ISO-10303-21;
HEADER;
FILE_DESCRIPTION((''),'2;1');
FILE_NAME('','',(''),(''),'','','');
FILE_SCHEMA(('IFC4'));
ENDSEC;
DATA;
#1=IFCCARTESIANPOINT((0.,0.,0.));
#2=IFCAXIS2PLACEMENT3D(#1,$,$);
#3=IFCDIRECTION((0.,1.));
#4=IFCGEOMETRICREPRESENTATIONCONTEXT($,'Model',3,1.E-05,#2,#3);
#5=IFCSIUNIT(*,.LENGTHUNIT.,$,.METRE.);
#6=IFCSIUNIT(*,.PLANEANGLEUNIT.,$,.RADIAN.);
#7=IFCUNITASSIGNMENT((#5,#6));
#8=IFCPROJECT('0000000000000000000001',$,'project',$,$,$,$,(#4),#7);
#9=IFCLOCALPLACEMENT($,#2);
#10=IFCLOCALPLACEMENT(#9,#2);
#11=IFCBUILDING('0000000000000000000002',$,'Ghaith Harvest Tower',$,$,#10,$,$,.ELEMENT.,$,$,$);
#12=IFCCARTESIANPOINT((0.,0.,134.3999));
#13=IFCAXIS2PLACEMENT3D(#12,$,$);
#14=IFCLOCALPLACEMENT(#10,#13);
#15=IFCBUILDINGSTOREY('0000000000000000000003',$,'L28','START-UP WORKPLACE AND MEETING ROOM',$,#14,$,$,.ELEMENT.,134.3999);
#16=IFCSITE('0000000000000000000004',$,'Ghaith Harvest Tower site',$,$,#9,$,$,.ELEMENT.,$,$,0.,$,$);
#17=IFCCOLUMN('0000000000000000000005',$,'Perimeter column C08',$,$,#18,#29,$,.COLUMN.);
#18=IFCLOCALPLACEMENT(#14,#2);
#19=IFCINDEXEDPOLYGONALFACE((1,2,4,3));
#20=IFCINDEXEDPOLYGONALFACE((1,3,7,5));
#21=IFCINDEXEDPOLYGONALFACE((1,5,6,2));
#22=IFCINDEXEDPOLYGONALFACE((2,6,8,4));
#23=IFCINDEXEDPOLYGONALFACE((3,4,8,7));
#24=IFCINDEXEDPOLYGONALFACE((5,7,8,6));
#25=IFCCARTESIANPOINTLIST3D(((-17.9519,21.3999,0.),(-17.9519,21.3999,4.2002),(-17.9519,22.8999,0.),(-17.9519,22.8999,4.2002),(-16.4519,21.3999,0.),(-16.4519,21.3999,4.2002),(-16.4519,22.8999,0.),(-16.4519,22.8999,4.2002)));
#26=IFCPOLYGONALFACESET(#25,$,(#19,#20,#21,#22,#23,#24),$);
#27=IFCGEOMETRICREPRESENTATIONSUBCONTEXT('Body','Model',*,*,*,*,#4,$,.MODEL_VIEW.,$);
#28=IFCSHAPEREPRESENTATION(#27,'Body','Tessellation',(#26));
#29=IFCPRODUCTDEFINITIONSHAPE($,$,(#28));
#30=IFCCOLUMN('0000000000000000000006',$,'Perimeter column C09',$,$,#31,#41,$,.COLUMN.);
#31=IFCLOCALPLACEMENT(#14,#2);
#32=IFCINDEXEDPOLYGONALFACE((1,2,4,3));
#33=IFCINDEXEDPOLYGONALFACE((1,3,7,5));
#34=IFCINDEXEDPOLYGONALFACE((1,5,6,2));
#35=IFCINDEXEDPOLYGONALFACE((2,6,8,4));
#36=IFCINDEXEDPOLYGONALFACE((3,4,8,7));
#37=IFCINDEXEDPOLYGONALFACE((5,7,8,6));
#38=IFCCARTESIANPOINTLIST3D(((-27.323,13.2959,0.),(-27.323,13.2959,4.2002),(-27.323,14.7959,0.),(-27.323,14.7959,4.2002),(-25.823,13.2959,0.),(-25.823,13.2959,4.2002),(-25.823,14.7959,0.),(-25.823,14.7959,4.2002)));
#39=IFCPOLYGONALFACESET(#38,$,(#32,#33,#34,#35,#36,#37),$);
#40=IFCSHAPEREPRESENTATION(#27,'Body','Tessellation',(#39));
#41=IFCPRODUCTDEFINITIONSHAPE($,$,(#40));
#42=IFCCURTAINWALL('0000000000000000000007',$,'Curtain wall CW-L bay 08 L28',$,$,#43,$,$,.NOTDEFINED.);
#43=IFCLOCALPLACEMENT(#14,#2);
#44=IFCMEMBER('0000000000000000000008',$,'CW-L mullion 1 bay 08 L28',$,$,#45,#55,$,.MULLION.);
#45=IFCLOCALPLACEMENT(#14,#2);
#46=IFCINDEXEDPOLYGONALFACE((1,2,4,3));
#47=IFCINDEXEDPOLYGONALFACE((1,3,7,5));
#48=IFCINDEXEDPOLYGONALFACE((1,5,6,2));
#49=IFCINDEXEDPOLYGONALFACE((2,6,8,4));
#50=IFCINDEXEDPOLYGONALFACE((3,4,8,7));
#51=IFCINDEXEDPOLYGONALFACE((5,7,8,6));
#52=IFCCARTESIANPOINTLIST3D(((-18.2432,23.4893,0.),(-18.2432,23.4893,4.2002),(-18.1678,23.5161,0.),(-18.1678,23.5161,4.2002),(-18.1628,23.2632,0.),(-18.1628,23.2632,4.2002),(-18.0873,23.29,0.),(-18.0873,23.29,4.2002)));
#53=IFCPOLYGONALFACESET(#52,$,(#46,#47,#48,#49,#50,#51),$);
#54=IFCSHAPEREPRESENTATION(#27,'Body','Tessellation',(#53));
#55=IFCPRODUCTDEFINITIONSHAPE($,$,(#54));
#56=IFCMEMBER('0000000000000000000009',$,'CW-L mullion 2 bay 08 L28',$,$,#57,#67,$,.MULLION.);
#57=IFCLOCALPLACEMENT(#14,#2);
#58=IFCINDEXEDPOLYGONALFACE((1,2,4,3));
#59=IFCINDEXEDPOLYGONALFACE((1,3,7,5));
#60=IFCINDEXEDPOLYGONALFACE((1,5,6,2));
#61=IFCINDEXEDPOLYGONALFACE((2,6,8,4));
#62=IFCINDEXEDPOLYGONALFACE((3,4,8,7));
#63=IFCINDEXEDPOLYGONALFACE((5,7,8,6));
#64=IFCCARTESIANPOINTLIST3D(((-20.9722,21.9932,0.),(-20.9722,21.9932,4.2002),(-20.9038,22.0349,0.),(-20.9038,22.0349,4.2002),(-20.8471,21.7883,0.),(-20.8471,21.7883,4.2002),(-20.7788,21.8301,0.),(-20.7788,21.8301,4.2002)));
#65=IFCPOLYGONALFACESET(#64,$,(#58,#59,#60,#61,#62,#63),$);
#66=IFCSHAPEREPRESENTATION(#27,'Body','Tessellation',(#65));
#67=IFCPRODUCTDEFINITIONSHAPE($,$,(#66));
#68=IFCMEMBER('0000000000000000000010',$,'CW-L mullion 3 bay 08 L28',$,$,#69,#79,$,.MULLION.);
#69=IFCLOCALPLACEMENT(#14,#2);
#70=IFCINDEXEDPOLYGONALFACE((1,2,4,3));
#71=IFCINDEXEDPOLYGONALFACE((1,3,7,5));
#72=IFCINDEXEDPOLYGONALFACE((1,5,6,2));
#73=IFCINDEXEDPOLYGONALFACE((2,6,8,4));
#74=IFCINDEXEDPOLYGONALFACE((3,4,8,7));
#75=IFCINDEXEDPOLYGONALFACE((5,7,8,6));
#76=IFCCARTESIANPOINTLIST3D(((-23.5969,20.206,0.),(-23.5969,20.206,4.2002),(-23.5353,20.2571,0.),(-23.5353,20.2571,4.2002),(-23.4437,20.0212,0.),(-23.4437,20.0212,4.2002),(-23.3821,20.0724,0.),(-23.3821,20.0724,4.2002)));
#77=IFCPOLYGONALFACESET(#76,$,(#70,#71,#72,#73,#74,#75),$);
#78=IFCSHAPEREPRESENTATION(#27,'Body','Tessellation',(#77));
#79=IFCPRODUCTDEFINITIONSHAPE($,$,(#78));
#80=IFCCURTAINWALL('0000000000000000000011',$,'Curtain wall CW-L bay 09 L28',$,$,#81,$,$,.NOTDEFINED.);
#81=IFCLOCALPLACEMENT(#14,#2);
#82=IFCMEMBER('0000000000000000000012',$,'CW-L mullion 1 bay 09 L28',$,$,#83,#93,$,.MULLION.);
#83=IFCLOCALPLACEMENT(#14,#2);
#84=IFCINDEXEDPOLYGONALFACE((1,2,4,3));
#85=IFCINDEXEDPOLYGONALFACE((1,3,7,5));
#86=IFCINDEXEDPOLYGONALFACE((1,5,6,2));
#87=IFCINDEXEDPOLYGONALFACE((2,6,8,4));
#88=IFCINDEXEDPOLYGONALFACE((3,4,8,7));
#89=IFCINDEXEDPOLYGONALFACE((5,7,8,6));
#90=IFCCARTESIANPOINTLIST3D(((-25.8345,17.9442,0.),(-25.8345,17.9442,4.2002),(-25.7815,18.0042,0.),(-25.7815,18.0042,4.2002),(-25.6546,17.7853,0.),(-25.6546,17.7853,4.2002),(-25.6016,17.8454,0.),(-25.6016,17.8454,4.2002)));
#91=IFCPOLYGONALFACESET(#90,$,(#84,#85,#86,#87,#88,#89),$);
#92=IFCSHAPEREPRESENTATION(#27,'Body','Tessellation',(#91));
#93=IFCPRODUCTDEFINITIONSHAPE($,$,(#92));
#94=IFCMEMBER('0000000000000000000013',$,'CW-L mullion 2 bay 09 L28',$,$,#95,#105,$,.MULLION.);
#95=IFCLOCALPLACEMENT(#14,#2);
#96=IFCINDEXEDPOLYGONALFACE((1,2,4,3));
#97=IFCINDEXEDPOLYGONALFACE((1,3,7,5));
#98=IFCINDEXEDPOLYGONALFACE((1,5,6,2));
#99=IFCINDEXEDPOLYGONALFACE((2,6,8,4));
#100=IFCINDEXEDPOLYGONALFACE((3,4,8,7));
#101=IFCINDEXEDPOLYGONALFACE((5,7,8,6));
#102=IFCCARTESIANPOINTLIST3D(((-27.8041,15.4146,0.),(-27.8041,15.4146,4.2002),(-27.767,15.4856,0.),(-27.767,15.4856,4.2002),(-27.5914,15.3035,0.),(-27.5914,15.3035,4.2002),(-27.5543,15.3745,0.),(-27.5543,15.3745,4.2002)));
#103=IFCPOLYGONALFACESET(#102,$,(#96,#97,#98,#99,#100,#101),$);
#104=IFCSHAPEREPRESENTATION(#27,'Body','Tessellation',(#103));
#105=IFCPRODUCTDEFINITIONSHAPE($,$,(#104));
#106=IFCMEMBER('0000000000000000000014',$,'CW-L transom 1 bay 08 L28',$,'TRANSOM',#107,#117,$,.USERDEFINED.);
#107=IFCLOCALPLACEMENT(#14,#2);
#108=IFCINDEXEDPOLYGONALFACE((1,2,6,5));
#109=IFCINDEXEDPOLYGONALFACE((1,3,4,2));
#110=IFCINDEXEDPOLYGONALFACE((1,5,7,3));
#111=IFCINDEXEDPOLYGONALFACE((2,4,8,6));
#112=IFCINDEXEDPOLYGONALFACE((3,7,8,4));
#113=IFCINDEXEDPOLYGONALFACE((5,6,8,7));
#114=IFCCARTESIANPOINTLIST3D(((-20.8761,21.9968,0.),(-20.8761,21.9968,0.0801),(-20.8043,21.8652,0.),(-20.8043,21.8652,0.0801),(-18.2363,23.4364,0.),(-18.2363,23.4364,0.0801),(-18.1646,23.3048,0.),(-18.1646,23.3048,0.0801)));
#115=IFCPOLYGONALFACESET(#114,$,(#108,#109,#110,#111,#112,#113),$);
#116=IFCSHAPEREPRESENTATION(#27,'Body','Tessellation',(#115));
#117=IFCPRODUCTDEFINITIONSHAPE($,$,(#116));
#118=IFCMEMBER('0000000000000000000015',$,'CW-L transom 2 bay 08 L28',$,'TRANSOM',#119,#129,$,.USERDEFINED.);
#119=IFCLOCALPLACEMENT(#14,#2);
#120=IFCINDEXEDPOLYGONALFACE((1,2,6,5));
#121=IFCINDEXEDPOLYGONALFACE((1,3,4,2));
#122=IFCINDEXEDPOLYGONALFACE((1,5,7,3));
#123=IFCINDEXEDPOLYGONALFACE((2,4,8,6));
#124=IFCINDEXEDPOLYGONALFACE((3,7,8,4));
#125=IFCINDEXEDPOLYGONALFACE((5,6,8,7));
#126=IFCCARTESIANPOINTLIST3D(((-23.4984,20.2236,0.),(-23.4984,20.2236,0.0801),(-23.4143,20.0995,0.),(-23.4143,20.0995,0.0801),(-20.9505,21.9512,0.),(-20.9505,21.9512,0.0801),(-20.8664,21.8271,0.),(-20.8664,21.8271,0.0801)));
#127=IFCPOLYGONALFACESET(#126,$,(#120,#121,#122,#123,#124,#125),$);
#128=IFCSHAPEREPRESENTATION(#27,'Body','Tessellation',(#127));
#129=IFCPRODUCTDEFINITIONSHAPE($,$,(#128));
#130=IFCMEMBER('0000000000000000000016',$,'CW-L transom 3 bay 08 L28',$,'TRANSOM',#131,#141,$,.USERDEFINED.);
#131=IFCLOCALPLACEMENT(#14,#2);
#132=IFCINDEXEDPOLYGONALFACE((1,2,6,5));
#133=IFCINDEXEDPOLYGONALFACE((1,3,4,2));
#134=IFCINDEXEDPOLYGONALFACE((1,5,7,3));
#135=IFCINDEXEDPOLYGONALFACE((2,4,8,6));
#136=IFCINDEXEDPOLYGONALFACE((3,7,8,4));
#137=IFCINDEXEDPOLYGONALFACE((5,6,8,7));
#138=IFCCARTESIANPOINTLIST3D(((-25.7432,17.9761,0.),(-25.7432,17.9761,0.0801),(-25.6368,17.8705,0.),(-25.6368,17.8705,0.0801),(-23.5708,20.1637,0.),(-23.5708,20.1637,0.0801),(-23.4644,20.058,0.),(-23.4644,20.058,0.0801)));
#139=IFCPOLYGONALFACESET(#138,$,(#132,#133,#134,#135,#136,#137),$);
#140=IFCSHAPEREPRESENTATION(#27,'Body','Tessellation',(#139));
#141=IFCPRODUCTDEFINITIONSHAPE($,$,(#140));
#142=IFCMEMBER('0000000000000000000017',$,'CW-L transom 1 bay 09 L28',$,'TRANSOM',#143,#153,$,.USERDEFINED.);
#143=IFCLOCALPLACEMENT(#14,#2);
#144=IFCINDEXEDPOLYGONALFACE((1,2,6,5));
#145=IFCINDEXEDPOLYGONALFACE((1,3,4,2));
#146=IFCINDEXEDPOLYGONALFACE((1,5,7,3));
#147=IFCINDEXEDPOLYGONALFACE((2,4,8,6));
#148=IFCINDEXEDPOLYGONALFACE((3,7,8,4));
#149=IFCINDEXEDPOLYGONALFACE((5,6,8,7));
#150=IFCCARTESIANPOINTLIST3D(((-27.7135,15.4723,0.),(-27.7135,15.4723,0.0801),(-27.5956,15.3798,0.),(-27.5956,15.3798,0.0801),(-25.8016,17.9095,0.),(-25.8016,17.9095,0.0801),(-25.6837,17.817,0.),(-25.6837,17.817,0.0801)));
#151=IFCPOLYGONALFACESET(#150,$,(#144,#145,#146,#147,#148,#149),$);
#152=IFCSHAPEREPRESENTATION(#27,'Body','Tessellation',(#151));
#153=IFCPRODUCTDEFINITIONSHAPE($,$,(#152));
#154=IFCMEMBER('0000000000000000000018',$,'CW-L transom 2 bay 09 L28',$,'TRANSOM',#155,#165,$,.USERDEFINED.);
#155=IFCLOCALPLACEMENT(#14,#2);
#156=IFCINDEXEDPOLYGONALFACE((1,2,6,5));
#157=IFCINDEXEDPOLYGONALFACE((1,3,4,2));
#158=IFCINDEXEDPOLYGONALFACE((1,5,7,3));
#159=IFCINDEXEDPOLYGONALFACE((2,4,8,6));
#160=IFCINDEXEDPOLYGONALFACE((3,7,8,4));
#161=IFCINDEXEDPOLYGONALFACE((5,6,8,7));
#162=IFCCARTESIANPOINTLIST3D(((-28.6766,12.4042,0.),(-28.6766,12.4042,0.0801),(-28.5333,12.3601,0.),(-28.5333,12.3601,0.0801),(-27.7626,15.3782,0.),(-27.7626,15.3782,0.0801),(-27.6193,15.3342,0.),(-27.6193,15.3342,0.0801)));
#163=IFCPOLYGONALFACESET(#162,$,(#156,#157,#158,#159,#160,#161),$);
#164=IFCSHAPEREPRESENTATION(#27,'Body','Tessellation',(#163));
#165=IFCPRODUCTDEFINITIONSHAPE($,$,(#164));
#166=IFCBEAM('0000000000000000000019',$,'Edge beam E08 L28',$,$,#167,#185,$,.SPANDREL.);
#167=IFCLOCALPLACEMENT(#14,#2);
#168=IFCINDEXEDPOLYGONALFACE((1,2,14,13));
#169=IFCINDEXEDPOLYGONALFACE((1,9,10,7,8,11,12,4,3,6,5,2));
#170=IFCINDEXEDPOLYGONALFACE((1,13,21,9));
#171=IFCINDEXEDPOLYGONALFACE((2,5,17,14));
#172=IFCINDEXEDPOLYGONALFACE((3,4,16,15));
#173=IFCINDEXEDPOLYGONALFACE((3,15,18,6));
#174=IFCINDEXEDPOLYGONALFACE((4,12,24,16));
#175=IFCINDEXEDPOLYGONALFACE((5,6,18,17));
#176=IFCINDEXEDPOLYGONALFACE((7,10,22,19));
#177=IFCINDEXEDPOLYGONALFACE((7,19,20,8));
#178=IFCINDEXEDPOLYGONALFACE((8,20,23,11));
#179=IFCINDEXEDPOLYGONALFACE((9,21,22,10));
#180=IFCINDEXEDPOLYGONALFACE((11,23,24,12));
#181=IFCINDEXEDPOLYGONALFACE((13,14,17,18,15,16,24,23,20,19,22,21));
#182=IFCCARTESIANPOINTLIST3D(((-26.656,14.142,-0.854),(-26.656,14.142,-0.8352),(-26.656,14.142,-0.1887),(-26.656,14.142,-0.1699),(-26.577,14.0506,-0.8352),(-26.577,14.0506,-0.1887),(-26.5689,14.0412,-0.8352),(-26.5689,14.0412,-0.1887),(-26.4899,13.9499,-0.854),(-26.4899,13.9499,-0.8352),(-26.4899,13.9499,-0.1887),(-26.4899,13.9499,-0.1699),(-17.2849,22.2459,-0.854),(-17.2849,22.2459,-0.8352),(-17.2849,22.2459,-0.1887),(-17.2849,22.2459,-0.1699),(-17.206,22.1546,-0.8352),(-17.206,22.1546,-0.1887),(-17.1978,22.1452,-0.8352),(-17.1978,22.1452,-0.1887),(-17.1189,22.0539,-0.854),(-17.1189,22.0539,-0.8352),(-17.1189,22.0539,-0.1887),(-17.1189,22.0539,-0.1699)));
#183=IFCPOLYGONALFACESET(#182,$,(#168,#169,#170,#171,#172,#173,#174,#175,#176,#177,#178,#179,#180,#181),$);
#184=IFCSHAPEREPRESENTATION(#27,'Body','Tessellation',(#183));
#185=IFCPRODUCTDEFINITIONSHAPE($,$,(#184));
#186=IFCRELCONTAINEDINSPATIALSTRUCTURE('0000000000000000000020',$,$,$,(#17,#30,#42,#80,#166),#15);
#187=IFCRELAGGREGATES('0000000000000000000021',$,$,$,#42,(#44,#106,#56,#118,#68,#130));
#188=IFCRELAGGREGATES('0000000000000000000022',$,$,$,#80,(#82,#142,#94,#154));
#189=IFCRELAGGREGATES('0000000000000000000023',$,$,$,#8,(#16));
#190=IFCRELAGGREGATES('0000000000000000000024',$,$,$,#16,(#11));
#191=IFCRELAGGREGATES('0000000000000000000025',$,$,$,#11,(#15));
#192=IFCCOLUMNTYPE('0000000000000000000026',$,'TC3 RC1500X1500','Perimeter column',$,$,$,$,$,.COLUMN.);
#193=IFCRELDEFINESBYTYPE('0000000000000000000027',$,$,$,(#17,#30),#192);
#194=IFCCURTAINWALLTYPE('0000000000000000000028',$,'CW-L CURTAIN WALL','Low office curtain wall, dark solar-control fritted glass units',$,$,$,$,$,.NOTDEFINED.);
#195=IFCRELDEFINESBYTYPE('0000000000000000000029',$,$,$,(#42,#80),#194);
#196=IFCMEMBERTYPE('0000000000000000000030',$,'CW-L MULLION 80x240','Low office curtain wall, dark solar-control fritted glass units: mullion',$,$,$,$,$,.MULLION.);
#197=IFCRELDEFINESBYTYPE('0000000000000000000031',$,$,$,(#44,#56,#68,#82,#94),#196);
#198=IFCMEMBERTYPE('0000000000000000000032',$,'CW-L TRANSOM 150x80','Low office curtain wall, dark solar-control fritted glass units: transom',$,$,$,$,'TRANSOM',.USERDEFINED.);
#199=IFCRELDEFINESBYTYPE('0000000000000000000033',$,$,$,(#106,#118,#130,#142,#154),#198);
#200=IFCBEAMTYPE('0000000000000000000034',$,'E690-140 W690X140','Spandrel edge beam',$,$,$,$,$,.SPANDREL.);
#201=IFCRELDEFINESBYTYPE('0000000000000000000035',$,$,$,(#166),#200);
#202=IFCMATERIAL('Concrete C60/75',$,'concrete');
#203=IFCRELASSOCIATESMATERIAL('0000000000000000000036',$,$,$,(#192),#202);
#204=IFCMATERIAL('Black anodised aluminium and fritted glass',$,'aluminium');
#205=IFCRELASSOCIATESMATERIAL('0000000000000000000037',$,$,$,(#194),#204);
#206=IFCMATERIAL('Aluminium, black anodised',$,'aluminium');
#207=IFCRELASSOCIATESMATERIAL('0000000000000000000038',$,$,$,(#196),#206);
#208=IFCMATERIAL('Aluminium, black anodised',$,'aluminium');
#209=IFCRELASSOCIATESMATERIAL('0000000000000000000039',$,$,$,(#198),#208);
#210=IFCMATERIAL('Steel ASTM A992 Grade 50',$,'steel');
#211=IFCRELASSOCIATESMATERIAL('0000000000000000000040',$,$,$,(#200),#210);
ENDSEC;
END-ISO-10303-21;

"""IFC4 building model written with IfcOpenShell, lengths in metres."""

from ifc_helpers import new_model, si_unit, direction, frame, origin, origin_2d, place, context, subcontext, project, spatial, rectangle, i_section, extrude, material, material_profile, profile_set, type_object, element, aggregate, save


model = new_model("IFC4")

# Units and contexts
model_context = context("Model", 3, precision=1e-05, world=origin(), true_north=direction((0.0, 1.0)))
body_context = subcontext(model_context, "Body", "Model", "MODEL_VIEW")
ifc_project = project(units=[si_unit("LENGTHUNIT", "METRE"), si_unit("PLANEANGLEUNIT", "RADIAN")], contexts=[model_context])

# Site, building, storey
site_placement = place(None, origin())
site = spatial("IfcSite", under=ifc_project, at=site_placement, Name="Ghaith Harvest Tower site", CompositionType="ELEMENT", RefElevation=0.0)
building_placement = place(site_placement, origin())
building = spatial("IfcBuilding", under=site, at=building_placement, Name="Ghaith Harvest Tower", CompositionType="ELEMENT")
storey_placement = place(building_placement, frame((0.0, 0.0, 134.3999)))
storey = spatial("IfcBuildingStorey", under=building, at=storey_placement, Name="L28", Description="START-UP WORKPLACE AND MEETING ROOM", CompositionType="ELEMENT", Elevation=134.3999)

# Columns
ifc_material_1 = material(Name="Concrete C60/75", Category="concrete")
ifc_material_profile_1 = material_profile(ifc_material_1, rectangle(XDim=1.5, YDim=1.5, at=origin_2d()), Name="RC1500X1500")
ifc_profile_set_1 = profile_set([ifc_material_profile_1], Name="Concrete C60/75")
column_type = type_object("IfcColumnType", Name="TC3 RC1500X1500", Description="Perimeter column", PredefinedType="COLUMN", material=ifc_profile_set_1)
for number, where, z_axis, x_axis, name in (
    (1, (-17.2019, 22.1499, 0.0), (0.0, 0.0, 1.0), (1.0, 0.0, 0.0), "Perimeter column C08"),
    (2, (-26.573, 14.0459, 0.0), (0.0, 0.0, 1.0), (1.0, 0.0, 0.0), "Perimeter column C09"),
):
    element("IfcColumn", number, at=place(storey_placement, frame(where, z_axis=z_axis, x_axis=x_axis)), inside=storey, type_object=column_type, Name=name, PredefinedType="COLUMN", context=body_context, shape_type="SweptSolid", body=[
        extrude(rectangle(XDim=1.5, YDim=1.5, at=origin_2d()), origin(), (0.0, 0.0, 1.0), 4.2002),
    ])

# Curtain walls, members
ifc_material_2 = material(Name="Black anodised aluminium and fritted glass", Category="aluminium")
curtain_wall_type = type_object("IfcCurtainWallType", Name="CW-L CURTAIN WALL", Description="Low office curtain wall, dark solar-control fritted glass units", PredefinedType="NOTDEFINED", material=ifc_material_2)
curtain_wall_1_placement = place(storey_placement, origin())
curtain_wall_1 = element("IfcCurtainWall", 3, at=curtain_wall_1_placement, inside=storey, type_object=curtain_wall_type, Name="Curtain wall CW-L bay 08 L28", PredefinedType="NOTDEFINED")
ifc_material_3 = material(Name="Aluminium, black anodised", Category="aluminium")
ifc_material_profile_2 = material_profile(ifc_material_3, rectangle(XDim=0.0801, YDim=0.24, at=origin_2d()), Name="CW-L MULLION 80x240")
ifc_profile_set_2 = profile_set([ifc_material_profile_2], Name="Aluminium, black anodised")
member_type_1 = type_object("IfcMemberType", Name="CW-L MULLION 80x240", Description="Low office curtain wall, dark solar-control fritted glass units: mullion", PredefinedType="MULLION", material=ifc_profile_set_2)
member_1_placement = place(storey_placement, frame((-18.1653, 23.3896, 0.0), z_axis=(0.0, 0.0, 1.0), x_axis=(-0.942104, -0.335322, 0.0)))
member_1 = element("IfcMember", 4, at=member_1_placement, type_object=member_type_1, Name="CW-L mullion 1 bay 08 L28", PredefinedType="MULLION", context=body_context, shape_type="SweptSolid", body=[
    extrude(rectangle(XDim=0.0801, YDim=0.24, at=origin_2d()), origin(), (0.0, 0.0, 1.0), 4.2002),
])
member_2_placement = place(storey_placement, frame((-20.8755, 21.9116, 0.0), z_axis=(0.0, 0.0, 1.0), x_axis=(-0.853516, -0.521067, 0.0)))
member_2 = element("IfcMember", 5, at=member_2_placement, type_object=member_type_1, Name="CW-L mullion 2 bay 08 L28", PredefinedType="MULLION", context=body_context, shape_type="SweptSolid", body=[
    extrude(rectangle(XDim=0.0801, YDim=0.24, at=origin_2d()), origin(), (0.0, 0.0, 1.0), 4.2002),
])
member_3_placement = place(storey_placement, frame((-23.4895, 20.1392, 0.0), z_axis=(0.0, 0.0, 1.0), x_axis=(-0.769683, -0.638427, 0.0)))
member_3 = element("IfcMember", 6, at=member_3_placement, type_object=member_type_1, Name="CW-L mullion 3 bay 08 L28", PredefinedType="MULLION", context=body_context, shape_type="SweptSolid", body=[
    extrude(rectangle(XDim=0.0801, YDim=0.24, at=origin_2d()), origin(), (0.0, 0.0, 1.0), 4.2002),
])
curtain_wall_2_placement = place(storey_placement, origin())
curtain_wall_2 = element("IfcCurtainWall", 7, at=curtain_wall_2_placement, inside=storey, type_object=curtain_wall_type, Name="Curtain wall CW-L bay 09 L28", PredefinedType="NOTDEFINED")
member_4_placement = place(storey_placement, frame((-25.718, 17.8948, 0.0), z_axis=(0.0, 0.0, 1.0), x_axis=(-0.661904, -0.749589, 0.0)))
member_4 = element("IfcMember", 8, at=member_4_placement, type_object=member_type_1, Name="CW-L mullion 1 bay 09 L28", PredefinedType="MULLION", context=body_context, shape_type="SweptSolid", body=[
    extrude(rectangle(XDim=0.0801, YDim=0.24, at=origin_2d()), origin(), (0.0, 0.0, 1.0), 4.2002),
])
member_5_placement = place(storey_placement, frame((-27.6792, 15.3945, 0.0), z_axis=(0.0, 0.0, 1.0), x_axis=(-0.46289, -0.886416, 0.0)))
member_5 = element("IfcMember", 9, at=member_5_placement, type_object=member_type_1, Name="CW-L mullion 2 bay 09 L28", PredefinedType="MULLION", context=body_context, shape_type="SweptSolid", body=[
    extrude(rectangle(XDim=0.0801, YDim=0.24, at=origin_2d()), origin(), (0.0, 0.0, 1.0), 4.2002),
])

# Members
ifc_material_4 = material(Name="Aluminium, black anodised", Category="aluminium")
ifc_material_profile_3 = material_profile(ifc_material_4, rectangle(XDim=0.1499, YDim=0.0801, at=origin_2d()), Name="CW-L TRANSOM 150x80")
ifc_profile_set_3 = profile_set([ifc_material_profile_3], Name="Aluminium, black anodised")
member_type_2 = type_object("IfcMemberType", Name="CW-L TRANSOM 150x80", Description="Low office curtain wall, dark solar-control fritted glass units: transom", ElementType="TRANSOM", PredefinedType="USERDEFINED", material=ifc_profile_set_3)
member_6_placement = place(storey_placement, frame((-18.2004, 23.3706, 0.04), z_axis=(-0.87793, -0.47879, 0.0), x_axis=(0.47879, -0.87793, 0.0)))
member_6 = element("IfcMember", 10, at=member_6_placement, type_object=member_type_2, Name="CW-L transom 1 bay 08 L28", ObjectType="TRANSOM", PredefinedType="USERDEFINED", context=body_context, shape_type="SweptSolid", body=[
    extrude(rectangle(XDim=0.1499, YDim=0.0801, at=origin_2d()), origin(), (0.0, 0.0, 1.0), 3.0068),
])
member_7_placement = place(storey_placement, frame((-20.9084, 21.8892, 0.04), z_axis=(-0.827681, -0.561199, 0.0), x_axis=(0.561199, -0.827681, 0.0)))
member_7 = element("IfcMember", 11, at=member_7_placement, type_object=member_type_2, Name="CW-L transom 2 bay 08 L28", ObjectType="TRANSOM", PredefinedType="USERDEFINED", context=body_context, shape_type="SweptSolid", body=[
    extrude(rectangle(XDim=0.1499, YDim=0.0801, at=origin_2d()), origin(), (0.0, 0.0, 1.0), 3.0784),
])
member_8_placement = place(storey_placement, frame((-23.5176, 20.1108, 0.04), z_axis=(-0.704648, -0.709557, 0.0), x_axis=(0.709557, -0.704648, 0.0)))
member_8 = element("IfcMember", 12, at=member_8_placement, type_object=member_type_2, Name="CW-L transom 3 bay 08 L28", ObjectType="TRANSOM", PredefinedType="USERDEFINED", context=body_context, shape_type="SweptSolid", body=[
    extrude(rectangle(XDim=0.1499, YDim=0.0801, at=origin_2d()), origin(), (0.0, 0.0, 1.0), 3.083),
])
member_9_placement = place(storey_placement, frame((-25.7427, 17.8633, 0.04), z_axis=(-0.617198, -0.786808, 0.0), x_axis=(0.786808, -0.617198, 0.0)))
member_9 = element("IfcMember", 13, at=member_9_placement, type_object=member_type_2, Name="CW-L transom 1 bay 09 L28", ObjectType="TRANSOM", PredefinedType="USERDEFINED", context=body_context, shape_type="SweptSolid", body=[
    extrude(rectangle(XDim=0.1499, YDim=0.0801, at=origin_2d()), origin(), (0.0, 0.0, 1.0), 3.0977),
])
member_10_placement = place(storey_placement, frame((-27.6909, 15.3562, 0.04), z_axis=(-0.293777, -0.955874, 0.0), x_axis=(0.955874, -0.293777, 0.0)))
member_10 = element("IfcMember", 14, at=member_10_placement, type_object=member_type_2, Name="CW-L transom 2 bay 09 L28", ObjectType="TRANSOM", PredefinedType="USERDEFINED", context=body_context, shape_type="SweptSolid", body=[
    extrude(rectangle(XDim=0.1499, YDim=0.0801, at=origin_2d()), origin(), (0.0, 0.0, 1.0), 3.1113),
])

# Beam
ifc_material_5 = material(Name="Steel ASTM A992 Grade 50", Category="steel")
ifc_material_profile_4 = material_profile(ifc_material_5, i_section(OverallWidth=0.2539, OverallDepth=0.6841, WebThickness=0.0125, FlangeThickness=0.0188, at=origin_2d()), Name="W690X140")
ifc_profile_set_4 = profile_set([ifc_material_profile_4], Name="Steel ASTM A992 Grade 50")
beam_type = type_object("IfcBeamType", Name="E690-140 W690X140", Description="Spandrel edge beam", PredefinedType="SPANDREL", material=ifc_profile_set_4)
beam_1_placement = place(storey_placement, frame((-17.2019, 22.1499, -0.512), z_axis=(-0.756392, -0.654118, 0.0), x_axis=(0.654118, -0.756392, 0.0)))
element("IfcBeam", 15, at=beam_1_placement, inside=storey, type_object=beam_type, Name="Edge beam E08 L28", PredefinedType="SPANDREL", context=body_context, shape_type="SweptSolid", body=[
    extrude(i_section(OverallWidth=0.2539, OverallDepth=0.6841, WebThickness=0.0125, FlangeThickness=0.0188, at=origin_2d()), origin(), (0.0, 0.0, 1.0), 12.3892),
])

aggregate(curtain_wall_1, [member_1, member_6, member_2, member_7, member_3, member_8])
aggregate(curtain_wall_2, [member_4, member_9, member_5, member_10])

save(model, "model.ifc")
